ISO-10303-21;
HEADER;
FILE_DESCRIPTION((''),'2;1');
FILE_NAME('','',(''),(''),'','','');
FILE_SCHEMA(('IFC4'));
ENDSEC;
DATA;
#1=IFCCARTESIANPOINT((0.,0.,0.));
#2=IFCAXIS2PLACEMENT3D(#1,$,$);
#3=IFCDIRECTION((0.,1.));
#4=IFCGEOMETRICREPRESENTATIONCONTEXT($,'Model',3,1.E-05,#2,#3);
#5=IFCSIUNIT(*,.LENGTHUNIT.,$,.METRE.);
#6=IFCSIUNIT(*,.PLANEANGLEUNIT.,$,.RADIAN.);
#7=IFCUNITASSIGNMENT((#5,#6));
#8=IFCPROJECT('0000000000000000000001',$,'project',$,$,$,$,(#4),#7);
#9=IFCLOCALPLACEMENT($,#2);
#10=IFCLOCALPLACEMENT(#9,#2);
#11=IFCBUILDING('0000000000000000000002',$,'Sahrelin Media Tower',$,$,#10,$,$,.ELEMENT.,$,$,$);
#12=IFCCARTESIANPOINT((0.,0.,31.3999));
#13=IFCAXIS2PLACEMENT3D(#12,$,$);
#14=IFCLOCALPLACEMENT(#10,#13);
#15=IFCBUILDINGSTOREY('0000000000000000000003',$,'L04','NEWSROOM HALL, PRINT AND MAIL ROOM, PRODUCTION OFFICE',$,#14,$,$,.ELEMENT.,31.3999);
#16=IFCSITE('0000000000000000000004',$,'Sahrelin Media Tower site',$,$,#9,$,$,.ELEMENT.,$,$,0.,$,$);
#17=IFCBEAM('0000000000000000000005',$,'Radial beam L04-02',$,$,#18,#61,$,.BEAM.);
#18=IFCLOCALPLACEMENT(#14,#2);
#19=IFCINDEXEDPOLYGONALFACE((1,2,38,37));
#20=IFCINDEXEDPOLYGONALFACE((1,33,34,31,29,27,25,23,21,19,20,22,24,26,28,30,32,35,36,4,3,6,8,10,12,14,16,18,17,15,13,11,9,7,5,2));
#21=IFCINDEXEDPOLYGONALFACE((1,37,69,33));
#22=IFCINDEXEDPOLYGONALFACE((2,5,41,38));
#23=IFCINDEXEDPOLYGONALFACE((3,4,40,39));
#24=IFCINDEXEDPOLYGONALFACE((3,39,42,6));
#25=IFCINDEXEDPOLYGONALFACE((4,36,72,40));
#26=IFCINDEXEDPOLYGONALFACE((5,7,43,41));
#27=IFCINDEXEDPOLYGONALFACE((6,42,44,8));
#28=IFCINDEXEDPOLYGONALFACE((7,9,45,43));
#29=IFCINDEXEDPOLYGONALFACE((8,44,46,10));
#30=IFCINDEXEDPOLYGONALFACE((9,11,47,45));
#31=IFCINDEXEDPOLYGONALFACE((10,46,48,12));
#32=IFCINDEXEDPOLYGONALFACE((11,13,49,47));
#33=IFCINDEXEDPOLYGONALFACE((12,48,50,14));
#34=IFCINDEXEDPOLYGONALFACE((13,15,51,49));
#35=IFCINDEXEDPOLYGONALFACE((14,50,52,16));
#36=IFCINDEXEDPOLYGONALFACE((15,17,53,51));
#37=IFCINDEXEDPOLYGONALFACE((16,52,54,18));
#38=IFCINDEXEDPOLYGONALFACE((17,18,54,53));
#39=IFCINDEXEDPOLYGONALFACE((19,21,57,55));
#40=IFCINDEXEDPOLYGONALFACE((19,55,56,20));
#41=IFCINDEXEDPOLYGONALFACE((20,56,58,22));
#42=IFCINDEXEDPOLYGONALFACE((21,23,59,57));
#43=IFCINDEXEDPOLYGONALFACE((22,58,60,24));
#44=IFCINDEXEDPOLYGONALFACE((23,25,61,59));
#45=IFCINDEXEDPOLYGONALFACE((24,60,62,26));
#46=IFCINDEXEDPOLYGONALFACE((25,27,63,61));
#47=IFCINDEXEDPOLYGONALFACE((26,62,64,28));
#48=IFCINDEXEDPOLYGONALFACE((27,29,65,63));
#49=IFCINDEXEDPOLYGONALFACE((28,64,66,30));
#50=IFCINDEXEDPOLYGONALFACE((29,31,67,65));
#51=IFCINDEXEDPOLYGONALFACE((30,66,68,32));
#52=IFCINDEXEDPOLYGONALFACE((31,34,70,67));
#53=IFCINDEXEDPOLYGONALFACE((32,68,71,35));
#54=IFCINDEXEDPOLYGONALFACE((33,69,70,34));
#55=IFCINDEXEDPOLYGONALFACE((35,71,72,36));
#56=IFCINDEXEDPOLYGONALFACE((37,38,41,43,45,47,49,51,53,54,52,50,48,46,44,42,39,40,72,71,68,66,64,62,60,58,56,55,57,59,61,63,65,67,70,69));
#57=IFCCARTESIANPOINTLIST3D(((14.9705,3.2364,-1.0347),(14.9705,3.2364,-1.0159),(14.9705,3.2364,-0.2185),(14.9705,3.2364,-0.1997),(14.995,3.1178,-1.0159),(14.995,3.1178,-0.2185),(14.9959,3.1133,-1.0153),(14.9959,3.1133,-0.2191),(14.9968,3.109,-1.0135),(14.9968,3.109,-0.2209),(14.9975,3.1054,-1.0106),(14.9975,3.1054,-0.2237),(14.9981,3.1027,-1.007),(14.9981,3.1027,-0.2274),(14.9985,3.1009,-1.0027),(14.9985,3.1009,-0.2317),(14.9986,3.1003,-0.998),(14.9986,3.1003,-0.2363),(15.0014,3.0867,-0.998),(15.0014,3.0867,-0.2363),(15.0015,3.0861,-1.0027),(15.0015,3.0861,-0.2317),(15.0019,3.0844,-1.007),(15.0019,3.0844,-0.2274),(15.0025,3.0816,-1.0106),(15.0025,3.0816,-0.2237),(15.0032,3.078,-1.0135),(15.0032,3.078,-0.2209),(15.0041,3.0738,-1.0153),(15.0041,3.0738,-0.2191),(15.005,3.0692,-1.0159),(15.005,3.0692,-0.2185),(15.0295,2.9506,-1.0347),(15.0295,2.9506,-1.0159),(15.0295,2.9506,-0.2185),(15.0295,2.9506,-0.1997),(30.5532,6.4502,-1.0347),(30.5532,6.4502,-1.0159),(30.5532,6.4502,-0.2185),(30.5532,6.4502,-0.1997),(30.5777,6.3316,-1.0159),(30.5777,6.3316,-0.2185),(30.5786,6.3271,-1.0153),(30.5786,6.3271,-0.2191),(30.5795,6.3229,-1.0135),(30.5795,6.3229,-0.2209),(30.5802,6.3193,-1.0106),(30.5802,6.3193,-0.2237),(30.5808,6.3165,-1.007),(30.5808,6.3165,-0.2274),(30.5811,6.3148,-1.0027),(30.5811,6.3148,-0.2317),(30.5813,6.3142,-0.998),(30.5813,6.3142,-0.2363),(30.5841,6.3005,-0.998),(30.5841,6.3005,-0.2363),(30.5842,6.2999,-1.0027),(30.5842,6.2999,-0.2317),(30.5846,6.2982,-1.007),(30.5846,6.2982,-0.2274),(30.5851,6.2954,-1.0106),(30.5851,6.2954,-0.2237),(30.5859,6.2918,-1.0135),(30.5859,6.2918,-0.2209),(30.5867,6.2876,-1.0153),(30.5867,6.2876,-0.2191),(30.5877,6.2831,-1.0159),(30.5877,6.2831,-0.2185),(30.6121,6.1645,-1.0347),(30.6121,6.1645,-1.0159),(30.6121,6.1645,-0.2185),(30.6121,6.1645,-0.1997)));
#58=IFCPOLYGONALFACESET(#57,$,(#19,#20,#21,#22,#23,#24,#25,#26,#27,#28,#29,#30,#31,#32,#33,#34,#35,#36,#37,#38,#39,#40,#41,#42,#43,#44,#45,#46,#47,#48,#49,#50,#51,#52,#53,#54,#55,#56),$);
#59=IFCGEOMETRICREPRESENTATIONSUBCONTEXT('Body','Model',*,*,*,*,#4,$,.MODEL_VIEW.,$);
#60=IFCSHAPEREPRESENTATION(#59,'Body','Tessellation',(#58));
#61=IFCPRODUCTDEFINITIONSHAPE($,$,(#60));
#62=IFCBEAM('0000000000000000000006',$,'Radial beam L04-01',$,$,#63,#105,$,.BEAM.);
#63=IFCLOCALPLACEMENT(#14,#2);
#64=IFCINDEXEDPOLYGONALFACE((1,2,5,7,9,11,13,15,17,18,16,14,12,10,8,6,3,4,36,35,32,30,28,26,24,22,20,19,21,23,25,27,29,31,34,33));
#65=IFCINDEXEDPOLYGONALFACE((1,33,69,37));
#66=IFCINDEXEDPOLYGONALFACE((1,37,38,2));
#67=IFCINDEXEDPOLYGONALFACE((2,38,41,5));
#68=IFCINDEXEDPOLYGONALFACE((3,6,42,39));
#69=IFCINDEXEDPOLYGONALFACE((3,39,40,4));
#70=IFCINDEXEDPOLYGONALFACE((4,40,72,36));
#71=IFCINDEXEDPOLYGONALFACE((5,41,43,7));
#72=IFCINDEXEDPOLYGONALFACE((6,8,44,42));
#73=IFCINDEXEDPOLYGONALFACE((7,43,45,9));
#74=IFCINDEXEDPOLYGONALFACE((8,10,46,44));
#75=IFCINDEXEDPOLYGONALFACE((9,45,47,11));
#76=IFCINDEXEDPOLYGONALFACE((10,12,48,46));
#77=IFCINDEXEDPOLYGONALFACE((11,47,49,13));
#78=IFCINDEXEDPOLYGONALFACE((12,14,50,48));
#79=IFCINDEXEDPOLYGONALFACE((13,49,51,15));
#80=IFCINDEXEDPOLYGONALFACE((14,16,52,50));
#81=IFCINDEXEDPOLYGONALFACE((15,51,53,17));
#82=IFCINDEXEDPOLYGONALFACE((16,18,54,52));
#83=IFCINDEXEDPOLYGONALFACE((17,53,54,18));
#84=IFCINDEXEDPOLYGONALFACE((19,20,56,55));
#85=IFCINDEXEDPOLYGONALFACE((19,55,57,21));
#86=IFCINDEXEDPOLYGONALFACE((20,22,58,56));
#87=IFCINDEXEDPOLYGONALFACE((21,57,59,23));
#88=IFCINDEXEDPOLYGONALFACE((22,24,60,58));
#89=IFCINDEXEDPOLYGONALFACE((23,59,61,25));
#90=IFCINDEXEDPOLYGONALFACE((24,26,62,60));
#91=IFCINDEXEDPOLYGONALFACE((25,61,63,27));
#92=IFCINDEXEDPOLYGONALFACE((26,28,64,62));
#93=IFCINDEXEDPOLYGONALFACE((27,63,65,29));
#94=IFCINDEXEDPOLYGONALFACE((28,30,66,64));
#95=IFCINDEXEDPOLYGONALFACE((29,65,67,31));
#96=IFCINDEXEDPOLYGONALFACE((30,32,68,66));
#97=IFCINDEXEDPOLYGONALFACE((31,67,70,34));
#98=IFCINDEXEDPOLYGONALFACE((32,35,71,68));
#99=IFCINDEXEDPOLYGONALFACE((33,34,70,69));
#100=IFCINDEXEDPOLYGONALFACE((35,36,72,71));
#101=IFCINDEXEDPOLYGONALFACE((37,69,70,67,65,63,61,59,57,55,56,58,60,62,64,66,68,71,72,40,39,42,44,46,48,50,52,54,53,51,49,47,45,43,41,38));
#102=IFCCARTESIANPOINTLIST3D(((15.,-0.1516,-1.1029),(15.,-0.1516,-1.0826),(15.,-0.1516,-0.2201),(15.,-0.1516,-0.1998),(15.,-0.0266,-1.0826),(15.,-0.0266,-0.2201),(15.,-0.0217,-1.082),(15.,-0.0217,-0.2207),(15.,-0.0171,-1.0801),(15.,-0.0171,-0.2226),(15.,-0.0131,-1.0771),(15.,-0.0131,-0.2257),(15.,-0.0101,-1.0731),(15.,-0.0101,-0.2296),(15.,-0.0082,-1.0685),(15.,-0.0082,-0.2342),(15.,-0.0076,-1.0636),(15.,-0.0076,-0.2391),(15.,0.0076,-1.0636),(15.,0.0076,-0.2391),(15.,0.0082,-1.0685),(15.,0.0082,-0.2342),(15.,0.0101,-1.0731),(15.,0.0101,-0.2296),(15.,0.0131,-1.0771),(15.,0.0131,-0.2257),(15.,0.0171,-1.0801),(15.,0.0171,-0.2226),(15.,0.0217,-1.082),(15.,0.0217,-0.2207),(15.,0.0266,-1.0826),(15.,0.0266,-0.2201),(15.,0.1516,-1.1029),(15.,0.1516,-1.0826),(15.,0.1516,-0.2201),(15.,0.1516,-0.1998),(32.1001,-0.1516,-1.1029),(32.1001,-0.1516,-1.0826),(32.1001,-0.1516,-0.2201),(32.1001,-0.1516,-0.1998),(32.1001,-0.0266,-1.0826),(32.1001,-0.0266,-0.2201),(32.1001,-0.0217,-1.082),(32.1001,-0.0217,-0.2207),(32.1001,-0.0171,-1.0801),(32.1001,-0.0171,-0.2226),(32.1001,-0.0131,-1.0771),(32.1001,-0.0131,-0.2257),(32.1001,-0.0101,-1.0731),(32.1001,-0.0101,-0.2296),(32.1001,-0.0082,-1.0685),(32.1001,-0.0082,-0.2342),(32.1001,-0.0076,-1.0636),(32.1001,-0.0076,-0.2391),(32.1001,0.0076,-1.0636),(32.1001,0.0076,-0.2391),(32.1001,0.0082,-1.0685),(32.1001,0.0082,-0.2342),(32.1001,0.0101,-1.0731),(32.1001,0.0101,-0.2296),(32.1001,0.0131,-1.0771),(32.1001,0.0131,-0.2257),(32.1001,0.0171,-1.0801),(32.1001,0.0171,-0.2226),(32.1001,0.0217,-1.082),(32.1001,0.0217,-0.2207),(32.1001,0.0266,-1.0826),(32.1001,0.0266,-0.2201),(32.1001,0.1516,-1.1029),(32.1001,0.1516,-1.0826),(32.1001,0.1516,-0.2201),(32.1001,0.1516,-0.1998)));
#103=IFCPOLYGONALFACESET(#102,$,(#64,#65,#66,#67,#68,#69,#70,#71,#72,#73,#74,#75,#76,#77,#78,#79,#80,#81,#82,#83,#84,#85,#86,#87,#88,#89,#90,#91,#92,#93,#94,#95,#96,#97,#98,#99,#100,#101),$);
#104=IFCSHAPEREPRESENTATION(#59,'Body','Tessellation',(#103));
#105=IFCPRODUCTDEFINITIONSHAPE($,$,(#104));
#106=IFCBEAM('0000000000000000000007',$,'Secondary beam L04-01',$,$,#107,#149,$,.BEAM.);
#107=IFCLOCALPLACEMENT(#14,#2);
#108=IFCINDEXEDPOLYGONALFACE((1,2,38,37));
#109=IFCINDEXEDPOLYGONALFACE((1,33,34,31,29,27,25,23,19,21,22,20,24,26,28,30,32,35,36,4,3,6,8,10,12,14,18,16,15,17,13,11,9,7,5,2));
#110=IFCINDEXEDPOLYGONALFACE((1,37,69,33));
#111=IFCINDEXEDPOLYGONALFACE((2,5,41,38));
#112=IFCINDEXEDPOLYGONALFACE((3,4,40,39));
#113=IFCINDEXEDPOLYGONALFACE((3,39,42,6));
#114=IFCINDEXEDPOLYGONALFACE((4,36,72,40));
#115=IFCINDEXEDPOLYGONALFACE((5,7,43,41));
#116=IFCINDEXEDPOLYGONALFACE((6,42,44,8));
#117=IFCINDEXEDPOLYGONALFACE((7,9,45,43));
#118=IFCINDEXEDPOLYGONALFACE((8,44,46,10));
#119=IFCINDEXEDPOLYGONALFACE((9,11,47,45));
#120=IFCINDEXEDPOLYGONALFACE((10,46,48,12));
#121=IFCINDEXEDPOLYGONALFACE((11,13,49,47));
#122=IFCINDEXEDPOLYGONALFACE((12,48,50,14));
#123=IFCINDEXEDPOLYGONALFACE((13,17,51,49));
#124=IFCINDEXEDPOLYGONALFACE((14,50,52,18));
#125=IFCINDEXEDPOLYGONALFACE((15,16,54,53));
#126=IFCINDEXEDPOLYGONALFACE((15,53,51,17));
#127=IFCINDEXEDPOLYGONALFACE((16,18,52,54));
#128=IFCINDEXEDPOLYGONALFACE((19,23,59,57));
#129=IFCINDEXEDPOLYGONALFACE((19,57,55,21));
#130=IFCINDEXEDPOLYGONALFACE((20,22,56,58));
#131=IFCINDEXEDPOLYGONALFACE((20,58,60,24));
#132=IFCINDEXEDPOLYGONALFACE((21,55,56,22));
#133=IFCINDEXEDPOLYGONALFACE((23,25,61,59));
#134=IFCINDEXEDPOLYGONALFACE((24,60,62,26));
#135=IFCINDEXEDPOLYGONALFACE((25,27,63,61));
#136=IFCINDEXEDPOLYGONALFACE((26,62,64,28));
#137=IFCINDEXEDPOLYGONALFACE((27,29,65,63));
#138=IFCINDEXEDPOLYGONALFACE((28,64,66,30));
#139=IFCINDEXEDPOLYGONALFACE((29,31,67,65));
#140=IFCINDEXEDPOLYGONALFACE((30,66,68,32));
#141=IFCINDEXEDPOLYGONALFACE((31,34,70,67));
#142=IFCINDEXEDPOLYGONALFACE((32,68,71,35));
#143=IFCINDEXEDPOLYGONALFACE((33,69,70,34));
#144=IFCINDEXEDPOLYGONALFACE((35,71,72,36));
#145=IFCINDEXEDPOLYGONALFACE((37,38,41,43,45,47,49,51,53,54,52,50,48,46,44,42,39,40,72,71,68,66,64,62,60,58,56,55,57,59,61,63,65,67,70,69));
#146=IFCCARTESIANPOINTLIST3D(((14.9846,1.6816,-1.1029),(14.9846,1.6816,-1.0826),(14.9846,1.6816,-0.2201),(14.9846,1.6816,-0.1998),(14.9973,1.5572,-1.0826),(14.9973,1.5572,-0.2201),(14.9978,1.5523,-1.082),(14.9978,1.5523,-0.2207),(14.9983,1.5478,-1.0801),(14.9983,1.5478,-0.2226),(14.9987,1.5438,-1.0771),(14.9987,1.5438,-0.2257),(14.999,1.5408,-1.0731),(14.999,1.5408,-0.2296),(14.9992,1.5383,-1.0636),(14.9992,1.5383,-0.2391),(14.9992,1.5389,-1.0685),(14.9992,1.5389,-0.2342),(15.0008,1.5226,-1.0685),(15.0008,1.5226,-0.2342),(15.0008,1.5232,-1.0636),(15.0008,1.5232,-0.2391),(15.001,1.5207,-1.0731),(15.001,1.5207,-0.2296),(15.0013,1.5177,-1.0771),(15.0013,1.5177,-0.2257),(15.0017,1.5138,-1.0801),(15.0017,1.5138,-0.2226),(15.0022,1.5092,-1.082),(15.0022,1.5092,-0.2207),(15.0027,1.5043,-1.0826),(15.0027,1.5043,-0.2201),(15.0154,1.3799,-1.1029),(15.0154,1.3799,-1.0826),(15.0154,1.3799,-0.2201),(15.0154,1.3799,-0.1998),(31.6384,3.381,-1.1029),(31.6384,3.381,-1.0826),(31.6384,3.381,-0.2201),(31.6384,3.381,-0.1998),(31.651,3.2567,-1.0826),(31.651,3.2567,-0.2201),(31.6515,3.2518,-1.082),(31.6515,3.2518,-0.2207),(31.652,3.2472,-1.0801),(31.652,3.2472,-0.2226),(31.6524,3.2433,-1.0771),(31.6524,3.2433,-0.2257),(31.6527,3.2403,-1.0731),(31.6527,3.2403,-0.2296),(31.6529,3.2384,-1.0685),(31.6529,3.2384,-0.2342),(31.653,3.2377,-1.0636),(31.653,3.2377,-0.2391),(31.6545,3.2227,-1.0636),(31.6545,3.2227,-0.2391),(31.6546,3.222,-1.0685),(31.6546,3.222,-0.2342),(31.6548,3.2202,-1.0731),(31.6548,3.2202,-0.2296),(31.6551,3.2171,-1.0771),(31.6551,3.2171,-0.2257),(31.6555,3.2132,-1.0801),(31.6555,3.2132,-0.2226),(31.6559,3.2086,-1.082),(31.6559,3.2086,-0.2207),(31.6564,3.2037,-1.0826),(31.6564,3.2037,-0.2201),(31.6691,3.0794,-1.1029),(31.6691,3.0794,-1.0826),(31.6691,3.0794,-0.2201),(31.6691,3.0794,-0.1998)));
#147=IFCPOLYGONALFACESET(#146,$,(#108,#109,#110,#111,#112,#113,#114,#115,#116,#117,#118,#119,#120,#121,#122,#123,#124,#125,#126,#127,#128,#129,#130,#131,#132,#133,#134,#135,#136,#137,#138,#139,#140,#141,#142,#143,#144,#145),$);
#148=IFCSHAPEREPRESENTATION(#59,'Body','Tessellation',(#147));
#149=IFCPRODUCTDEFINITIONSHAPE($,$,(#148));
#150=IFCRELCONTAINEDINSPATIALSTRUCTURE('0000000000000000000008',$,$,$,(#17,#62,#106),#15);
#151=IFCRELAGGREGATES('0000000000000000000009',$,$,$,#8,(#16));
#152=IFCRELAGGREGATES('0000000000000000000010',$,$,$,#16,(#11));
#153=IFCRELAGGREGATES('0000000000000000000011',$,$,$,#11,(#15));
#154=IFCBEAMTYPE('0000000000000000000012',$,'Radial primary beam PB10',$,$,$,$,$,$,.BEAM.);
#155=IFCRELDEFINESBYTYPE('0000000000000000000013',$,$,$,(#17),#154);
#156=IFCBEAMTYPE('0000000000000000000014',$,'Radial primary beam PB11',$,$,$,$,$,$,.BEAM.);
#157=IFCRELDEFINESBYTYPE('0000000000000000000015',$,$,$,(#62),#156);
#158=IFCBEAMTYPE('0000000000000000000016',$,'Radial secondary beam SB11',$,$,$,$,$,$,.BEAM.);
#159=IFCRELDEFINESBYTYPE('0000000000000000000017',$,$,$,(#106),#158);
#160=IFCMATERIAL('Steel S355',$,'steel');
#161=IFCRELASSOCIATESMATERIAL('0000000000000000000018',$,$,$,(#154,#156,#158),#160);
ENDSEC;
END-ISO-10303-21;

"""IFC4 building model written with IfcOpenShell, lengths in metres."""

from ifc_helpers import new_model, si_unit, direction, frame, origin, origin_2d, place, context, subcontext, project, spatial, i_section, extrude, material, material_profile, profile_set, type_object, element, save


model = new_model("IFC4")

# Units and contexts
model_context = context("Model", 3, precision=1e-05, world=origin(), true_north=direction((0.0, 1.0)))
body_context = subcontext(model_context, "Body", "Model", "MODEL_VIEW")
ifc_project = project(units=[si_unit("LENGTHUNIT", "METRE"), si_unit("PLANEANGLEUNIT", "RADIAN")], contexts=[model_context])

# Site, building, storey
site_placement = place(None, origin())
site = spatial("IfcSite", under=ifc_project, at=site_placement, Name="Sahrelin Media Tower site", CompositionType="ELEMENT", RefElevation=0.0)
building_placement = place(site_placement, origin())
building = spatial("IfcBuilding", under=site, at=building_placement, Name="Sahrelin Media Tower", CompositionType="ELEMENT")
storey_placement = place(building_placement, frame((0.0, 0.0, 31.3999)))
storey = spatial("IfcBuildingStorey", under=building, at=storey_placement, Name="L04", Description="NEWSROOM HALL, PRINT AND MAIL ROOM, PRODUCTION OFFICE", CompositionType="ELEMENT", Elevation=31.3999)

# Beams
ifc_material_1 = material(Name="Steel S355", Category="steel")
ifc_material_profile_1 = material_profile(ifc_material_1, i_section(OverallWidth=0.2917, OverallDepth=0.835, WebThickness=0.0139, FlangeThickness=0.0188, FilletRadius=0.0178, at=origin_2d()), Name="UB 838x292x176")
ifc_profile_set_1 = profile_set([ifc_material_profile_1], Name="Steel S355")
beam_type_1 = type_object("IfcBeamType", Name="Radial primary beam PB10", PredefinedType="BEAM", material=ifc_profile_set_1)
beam_1_placement = place(storey_placement, frame((15.0, 3.0935, -0.6172), z_axis=(0.979387, 0.201994, 0.0), x_axis=(-0.201994, 0.979387, 0.0)))
element("IfcBeam", 1, at=beam_1_placement, inside=storey, type_object=beam_type_1, Name="Radial beam L04-02", PredefinedType="BEAM", context=body_context, shape_type="SweptSolid", body=[
    extrude(i_section(OverallWidth=0.2917, OverallDepth=0.835, WebThickness=0.0139, FlangeThickness=0.0188, FilletRadius=0.0178, at=origin_2d()), origin(), (0.0, 0.0, 1.0), 15.9106),
])
ifc_material_profile_2 = material_profile(ifc_material_1, i_section(OverallWidth=0.3032, OverallDepth=0.9031, WebThickness=0.0151, FlangeThickness=0.0203, FilletRadius=0.019, at=origin_2d()), Name="UB 914x305x201")
ifc_profile_set_2 = profile_set([ifc_material_profile_2], Name="Steel S355")
beam_type_2 = type_object("IfcBeamType", Name="Radial primary beam PB11", PredefinedType="BEAM", material=ifc_profile_set_2)
beam_2_placement = place(storey_placement, frame((15.0, 0.0, -0.6514), z_axis=(1.0, 0.0, 0.0), x_axis=(0.0, 1.0, 0.0)))
element("IfcBeam", 2, at=beam_2_placement, inside=storey, type_object=beam_type_2, Name="Radial beam L04-01", PredefinedType="BEAM", context=body_context, shape_type="SweptSolid", body=[
    extrude(i_section(OverallWidth=0.3032, OverallDepth=0.9031, WebThickness=0.0151, FlangeThickness=0.0203, FilletRadius=0.019, at=origin_2d()), origin(), (0.0, 0.0, 1.0), 17.1001),
])
ifc_material_profile_3 = material_profile(ifc_material_1, i_section(OverallWidth=0.3032, OverallDepth=0.9031, WebThickness=0.0151, FlangeThickness=0.0203, FilletRadius=0.019, at=origin_2d()), Name="UB 914x305x201")
ifc_profile_set_3 = profile_set([ifc_material_profile_3], Name="Steel S355")
beam_type_3 = type_object("IfcBeamType", Name="Radial secondary beam SB11", PredefinedType="BEAM", material=ifc_profile_set_3)
beam_3_placement = place(storey_placement, frame((15.0, 1.5308, -0.6514), z_axis=(0.994834, 0.101519, 0.0), x_axis=(-0.101519, 0.994834, 0.0)))
element("IfcBeam", 3, at=beam_3_placement, inside=storey, type_object=beam_type_3, Name="Secondary beam L04-01", PredefinedType="BEAM", context=body_context, shape_type="SweptSolid", body=[
    extrude(i_section(OverallWidth=0.3032, OverallDepth=0.9031, WebThickness=0.0151, FlangeThickness=0.0203, FilletRadius=0.019, at=origin_2d()), origin(), (0.0, 0.0, 1.0), 16.7402),
])

save(model, "model.ifc")
